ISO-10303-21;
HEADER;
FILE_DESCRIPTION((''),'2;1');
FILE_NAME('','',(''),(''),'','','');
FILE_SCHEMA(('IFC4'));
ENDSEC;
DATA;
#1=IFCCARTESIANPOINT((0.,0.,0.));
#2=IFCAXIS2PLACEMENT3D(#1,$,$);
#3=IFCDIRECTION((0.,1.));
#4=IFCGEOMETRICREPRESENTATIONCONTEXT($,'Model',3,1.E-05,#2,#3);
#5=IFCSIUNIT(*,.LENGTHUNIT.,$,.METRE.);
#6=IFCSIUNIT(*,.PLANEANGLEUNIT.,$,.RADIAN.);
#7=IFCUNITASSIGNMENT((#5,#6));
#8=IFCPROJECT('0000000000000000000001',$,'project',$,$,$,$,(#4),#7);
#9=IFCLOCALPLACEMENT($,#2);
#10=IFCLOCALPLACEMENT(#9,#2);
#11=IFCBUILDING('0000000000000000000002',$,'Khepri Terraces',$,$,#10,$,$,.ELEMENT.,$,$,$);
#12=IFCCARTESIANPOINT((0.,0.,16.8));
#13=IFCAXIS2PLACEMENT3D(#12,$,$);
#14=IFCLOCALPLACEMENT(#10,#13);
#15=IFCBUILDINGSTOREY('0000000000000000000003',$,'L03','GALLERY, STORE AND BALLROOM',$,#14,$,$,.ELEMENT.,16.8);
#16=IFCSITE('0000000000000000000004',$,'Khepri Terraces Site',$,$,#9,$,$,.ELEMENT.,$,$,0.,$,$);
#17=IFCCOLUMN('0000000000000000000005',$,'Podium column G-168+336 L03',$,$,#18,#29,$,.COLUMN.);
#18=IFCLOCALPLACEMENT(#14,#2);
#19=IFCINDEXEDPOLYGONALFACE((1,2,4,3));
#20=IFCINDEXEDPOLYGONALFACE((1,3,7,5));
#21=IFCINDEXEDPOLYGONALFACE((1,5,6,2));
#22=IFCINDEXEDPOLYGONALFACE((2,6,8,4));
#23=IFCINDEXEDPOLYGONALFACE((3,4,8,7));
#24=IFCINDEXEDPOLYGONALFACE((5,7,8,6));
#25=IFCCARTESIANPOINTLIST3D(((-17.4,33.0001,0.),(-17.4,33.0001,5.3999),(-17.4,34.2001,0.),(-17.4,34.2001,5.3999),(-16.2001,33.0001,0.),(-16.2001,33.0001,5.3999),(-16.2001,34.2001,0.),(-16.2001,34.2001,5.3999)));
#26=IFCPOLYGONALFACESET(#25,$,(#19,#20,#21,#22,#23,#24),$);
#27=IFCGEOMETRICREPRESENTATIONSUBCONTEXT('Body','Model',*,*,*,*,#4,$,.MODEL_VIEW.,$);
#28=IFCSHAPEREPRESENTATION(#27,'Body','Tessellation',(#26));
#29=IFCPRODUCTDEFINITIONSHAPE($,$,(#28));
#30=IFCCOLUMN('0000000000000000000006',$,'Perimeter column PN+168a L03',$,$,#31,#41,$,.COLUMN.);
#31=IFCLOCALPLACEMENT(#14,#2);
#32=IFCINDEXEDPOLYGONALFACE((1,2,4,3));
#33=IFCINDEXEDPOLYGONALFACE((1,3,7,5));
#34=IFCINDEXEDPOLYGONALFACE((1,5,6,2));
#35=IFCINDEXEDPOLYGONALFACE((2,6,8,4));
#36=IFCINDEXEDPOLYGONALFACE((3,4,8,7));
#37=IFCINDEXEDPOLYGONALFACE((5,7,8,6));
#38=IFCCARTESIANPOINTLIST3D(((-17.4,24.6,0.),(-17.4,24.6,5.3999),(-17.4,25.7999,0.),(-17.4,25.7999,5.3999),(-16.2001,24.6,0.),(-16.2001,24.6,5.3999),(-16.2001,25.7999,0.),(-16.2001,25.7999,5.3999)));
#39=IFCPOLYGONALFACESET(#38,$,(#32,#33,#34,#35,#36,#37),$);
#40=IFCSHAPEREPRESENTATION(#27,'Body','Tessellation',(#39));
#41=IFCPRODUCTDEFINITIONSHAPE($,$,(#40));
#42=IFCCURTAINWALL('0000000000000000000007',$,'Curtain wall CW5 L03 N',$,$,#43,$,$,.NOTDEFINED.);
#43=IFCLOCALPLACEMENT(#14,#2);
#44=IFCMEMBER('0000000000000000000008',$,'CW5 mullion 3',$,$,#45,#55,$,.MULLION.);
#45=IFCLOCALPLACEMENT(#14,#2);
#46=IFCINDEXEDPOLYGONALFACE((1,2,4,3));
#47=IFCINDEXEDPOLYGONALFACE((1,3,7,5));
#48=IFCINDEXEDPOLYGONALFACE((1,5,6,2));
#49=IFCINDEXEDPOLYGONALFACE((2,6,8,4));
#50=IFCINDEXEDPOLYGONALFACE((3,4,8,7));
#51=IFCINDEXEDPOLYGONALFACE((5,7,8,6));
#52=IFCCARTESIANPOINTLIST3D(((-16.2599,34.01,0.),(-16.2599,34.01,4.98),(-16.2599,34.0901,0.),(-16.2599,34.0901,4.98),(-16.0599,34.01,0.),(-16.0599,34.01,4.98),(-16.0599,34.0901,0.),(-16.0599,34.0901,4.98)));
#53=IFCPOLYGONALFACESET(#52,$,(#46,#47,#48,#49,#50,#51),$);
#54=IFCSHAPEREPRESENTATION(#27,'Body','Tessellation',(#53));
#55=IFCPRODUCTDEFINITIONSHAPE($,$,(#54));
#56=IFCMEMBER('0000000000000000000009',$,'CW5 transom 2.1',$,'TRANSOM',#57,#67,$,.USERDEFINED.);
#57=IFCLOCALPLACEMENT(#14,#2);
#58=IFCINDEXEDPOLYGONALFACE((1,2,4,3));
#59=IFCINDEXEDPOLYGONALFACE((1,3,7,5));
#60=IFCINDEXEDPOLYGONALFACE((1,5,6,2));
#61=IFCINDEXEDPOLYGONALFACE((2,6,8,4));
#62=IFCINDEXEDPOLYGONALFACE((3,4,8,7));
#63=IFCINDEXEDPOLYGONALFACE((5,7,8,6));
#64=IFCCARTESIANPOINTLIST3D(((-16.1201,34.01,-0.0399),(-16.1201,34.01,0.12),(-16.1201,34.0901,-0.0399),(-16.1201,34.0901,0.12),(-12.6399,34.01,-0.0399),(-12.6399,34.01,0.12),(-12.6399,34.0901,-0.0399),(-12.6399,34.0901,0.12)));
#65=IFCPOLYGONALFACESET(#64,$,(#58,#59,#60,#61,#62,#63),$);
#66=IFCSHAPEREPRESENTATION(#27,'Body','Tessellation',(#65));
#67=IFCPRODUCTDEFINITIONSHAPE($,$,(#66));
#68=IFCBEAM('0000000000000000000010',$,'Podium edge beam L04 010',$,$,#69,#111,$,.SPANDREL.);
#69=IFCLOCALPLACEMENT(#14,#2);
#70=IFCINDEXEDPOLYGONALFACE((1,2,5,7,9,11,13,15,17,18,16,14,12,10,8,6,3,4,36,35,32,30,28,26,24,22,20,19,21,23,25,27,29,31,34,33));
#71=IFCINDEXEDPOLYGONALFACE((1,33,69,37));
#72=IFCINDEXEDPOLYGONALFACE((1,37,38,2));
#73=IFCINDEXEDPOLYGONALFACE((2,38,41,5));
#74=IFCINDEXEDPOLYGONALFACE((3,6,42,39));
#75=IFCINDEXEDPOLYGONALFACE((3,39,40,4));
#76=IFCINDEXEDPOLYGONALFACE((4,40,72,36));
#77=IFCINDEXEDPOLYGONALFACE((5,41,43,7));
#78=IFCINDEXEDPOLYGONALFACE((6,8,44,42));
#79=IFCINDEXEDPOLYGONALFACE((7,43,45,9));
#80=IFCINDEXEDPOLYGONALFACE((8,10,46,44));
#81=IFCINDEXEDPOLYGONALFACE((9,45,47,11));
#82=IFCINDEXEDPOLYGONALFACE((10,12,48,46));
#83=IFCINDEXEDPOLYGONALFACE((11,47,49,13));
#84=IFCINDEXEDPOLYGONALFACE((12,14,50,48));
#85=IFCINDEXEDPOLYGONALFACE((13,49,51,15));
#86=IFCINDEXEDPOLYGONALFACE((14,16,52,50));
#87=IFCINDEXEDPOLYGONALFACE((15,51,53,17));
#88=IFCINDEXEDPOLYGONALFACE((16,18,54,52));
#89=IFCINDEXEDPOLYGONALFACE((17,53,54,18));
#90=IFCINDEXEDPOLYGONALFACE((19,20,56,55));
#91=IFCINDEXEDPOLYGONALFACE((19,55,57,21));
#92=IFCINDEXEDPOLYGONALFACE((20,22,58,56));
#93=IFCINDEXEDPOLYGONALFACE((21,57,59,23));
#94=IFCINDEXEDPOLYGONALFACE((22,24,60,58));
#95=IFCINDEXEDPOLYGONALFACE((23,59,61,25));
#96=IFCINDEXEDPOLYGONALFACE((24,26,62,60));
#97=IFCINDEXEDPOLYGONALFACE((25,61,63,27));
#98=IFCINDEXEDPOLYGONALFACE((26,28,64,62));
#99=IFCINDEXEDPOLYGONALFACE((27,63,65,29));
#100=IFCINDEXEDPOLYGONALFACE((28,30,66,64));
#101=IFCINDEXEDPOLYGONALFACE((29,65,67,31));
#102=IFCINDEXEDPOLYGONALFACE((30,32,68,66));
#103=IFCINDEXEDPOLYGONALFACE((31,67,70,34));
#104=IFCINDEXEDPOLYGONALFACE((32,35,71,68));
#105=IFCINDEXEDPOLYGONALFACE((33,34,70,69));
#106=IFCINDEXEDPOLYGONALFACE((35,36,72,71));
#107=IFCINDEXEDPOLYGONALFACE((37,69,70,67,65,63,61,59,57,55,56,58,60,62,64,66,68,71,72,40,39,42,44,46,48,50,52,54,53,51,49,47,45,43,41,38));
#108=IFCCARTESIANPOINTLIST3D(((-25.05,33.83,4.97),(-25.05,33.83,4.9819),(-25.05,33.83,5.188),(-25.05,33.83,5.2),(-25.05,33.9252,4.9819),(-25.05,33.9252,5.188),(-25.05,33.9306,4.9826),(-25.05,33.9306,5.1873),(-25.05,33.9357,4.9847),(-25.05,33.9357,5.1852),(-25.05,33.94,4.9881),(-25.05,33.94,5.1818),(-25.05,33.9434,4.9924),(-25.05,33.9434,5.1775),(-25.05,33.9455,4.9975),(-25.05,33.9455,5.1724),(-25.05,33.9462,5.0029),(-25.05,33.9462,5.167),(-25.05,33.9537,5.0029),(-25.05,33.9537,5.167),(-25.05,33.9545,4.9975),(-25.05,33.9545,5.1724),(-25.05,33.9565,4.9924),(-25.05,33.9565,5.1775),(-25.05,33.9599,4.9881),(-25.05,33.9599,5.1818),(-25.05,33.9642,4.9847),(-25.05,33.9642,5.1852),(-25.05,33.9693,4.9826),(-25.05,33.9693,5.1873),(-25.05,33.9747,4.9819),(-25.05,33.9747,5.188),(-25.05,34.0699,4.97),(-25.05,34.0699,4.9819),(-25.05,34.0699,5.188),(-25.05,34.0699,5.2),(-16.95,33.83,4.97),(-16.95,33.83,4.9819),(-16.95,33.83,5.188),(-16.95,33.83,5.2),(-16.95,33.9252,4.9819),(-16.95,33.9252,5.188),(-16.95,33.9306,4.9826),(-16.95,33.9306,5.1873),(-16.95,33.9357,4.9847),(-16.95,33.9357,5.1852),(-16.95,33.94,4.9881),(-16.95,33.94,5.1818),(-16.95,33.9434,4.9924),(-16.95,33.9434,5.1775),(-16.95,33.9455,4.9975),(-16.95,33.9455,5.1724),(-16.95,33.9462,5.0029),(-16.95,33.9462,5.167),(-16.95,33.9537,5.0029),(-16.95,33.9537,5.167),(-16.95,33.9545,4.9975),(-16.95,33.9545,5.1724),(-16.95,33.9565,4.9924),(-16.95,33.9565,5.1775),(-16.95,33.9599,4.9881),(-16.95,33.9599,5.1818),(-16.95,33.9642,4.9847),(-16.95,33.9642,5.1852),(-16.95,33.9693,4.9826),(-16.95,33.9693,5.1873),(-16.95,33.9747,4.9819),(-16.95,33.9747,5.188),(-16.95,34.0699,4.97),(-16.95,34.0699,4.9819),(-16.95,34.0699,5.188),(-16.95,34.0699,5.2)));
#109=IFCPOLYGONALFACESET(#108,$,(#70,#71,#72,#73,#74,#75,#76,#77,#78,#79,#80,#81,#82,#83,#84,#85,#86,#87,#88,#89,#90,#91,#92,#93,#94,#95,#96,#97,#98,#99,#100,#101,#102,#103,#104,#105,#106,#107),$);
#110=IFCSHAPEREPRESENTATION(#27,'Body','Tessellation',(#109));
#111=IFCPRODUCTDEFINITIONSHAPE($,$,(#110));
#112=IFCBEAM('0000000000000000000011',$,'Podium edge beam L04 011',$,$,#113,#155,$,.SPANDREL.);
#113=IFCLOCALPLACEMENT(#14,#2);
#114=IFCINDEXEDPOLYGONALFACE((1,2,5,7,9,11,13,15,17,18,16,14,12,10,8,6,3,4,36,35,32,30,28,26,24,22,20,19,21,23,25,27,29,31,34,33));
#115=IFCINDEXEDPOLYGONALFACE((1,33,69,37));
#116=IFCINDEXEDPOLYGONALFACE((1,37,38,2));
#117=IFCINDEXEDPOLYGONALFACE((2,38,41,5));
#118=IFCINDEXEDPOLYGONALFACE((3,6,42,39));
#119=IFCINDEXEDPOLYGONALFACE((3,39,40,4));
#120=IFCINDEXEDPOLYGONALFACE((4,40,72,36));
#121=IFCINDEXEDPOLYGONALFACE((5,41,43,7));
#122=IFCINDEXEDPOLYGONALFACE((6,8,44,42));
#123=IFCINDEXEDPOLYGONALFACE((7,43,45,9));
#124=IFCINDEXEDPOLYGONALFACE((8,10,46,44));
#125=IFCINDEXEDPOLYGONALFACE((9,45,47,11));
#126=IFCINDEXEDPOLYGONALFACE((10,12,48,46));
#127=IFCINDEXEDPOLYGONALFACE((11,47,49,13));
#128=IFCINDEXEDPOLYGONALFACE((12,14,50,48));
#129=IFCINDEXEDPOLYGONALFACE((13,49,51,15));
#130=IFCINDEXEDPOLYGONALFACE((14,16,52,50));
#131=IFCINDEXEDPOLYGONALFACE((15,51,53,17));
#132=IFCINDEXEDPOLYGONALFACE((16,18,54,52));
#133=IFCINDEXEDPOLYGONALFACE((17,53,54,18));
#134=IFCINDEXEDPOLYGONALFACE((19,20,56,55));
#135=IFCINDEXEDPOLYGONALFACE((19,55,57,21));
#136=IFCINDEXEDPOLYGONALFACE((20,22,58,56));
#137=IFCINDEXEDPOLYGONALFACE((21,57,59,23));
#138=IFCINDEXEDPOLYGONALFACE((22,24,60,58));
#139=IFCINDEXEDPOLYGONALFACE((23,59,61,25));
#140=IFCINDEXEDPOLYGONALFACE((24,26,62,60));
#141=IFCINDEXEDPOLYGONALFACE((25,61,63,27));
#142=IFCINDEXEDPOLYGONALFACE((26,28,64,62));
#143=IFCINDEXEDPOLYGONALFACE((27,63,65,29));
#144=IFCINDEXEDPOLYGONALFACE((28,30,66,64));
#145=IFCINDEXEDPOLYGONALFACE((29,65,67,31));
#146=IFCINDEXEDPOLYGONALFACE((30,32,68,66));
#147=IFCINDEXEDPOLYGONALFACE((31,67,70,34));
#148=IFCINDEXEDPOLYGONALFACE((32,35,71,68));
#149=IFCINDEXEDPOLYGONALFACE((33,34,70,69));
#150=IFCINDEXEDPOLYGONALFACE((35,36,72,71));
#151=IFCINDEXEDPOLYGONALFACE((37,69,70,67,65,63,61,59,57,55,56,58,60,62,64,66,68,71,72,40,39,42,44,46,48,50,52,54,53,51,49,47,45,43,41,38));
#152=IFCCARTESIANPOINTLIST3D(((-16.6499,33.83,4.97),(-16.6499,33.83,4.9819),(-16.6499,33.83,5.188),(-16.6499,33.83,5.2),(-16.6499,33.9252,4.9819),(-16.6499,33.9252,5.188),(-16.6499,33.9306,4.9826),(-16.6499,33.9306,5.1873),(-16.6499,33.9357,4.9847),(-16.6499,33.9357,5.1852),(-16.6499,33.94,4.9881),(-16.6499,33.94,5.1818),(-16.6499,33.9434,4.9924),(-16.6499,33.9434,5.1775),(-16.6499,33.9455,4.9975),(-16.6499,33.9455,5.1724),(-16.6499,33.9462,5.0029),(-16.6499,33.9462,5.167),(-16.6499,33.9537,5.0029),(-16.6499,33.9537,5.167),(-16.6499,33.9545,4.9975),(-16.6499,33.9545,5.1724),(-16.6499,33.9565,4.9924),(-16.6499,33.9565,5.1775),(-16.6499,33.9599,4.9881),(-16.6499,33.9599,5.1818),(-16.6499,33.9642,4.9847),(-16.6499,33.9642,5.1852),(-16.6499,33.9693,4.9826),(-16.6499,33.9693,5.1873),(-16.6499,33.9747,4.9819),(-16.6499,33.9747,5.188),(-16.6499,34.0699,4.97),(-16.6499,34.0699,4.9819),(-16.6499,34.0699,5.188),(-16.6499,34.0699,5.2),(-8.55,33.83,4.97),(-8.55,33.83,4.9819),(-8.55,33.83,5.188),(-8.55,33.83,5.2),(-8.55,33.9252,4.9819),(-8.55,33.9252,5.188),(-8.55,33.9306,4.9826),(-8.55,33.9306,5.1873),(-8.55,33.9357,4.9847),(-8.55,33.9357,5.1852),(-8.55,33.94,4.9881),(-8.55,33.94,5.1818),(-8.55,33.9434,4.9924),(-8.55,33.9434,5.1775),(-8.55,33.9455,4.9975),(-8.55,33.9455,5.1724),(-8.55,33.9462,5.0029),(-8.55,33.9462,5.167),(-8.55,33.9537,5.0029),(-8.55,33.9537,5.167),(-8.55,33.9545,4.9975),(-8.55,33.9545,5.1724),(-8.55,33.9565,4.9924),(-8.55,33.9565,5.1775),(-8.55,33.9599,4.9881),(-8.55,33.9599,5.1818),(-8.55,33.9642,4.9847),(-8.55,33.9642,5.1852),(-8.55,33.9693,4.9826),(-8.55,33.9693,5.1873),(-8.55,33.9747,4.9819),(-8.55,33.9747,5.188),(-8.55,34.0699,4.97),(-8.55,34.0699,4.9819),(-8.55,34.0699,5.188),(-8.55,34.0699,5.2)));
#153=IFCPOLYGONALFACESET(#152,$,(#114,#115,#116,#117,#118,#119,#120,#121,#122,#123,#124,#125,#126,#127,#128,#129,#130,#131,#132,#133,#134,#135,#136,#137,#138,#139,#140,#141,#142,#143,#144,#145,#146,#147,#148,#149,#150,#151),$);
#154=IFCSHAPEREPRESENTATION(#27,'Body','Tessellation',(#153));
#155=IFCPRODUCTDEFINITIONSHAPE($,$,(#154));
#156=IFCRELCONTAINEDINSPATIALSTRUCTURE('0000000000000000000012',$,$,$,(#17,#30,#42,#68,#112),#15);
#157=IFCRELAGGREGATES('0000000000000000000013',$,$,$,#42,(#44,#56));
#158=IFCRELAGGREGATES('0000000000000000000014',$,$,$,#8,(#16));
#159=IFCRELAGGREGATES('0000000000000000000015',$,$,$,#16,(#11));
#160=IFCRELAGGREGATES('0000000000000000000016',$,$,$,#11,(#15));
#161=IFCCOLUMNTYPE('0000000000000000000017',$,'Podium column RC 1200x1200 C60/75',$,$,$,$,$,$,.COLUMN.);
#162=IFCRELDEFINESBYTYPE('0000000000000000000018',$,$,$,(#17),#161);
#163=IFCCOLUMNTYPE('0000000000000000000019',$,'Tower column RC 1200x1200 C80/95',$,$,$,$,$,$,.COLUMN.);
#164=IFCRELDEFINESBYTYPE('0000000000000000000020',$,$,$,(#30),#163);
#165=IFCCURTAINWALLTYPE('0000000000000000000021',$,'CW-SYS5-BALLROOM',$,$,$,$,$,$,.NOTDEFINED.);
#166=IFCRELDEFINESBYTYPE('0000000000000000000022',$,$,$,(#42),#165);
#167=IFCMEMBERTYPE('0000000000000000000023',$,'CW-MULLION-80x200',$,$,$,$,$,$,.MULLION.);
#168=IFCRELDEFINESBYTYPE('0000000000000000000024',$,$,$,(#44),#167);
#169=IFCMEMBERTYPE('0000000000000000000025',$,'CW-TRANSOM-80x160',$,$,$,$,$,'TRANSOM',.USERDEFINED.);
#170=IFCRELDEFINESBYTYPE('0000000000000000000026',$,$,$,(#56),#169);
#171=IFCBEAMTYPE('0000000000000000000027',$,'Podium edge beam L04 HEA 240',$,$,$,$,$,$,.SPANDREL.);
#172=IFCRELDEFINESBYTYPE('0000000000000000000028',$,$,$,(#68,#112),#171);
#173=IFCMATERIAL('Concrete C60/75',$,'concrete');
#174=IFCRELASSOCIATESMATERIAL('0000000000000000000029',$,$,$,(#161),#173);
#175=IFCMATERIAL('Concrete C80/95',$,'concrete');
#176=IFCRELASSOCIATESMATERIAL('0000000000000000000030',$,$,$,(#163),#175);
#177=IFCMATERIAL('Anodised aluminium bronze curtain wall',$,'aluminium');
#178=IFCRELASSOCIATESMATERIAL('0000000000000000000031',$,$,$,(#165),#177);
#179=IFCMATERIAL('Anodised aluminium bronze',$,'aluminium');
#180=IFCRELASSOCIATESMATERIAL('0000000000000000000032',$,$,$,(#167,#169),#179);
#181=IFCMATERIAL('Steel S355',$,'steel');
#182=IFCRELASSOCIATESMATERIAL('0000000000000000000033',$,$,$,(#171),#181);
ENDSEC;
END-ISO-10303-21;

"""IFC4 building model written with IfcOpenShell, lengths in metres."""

from ifc_helpers import new_model, si_unit, direction, frame, origin, origin_2d, place, context, subcontext, project, spatial, rectangle, i_section, extrude, material, material_profile, profile_set, type_object, element, aggregate, save


model = new_model("IFC4")

# Units and contexts
model_context = context("Model", 3, precision=1e-05, world=origin(), true_north=direction((0.0, 1.0)))
body_context = subcontext(model_context, "Body", "Model", "MODEL_VIEW")
ifc_project = project(units=[si_unit("LENGTHUNIT", "METRE"), si_unit("PLANEANGLEUNIT", "RADIAN")], contexts=[model_context])

# Site, building, storey
site_placement = place(None, origin())
site = spatial("IfcSite", under=ifc_project, at=site_placement, Name="Khepri Terraces Site", CompositionType="ELEMENT", RefElevation=0.0)
building_placement = place(site_placement, origin())
building = spatial("IfcBuilding", under=site, at=building_placement, Name="Khepri Terraces", CompositionType="ELEMENT")
storey_placement = place(building_placement, frame((0.0, 0.0, 16.8)))
storey = spatial("IfcBuildingStorey", under=building, at=storey_placement, Name="L03", Description="GALLERY, STORE AND BALLROOM", CompositionType="ELEMENT", Elevation=16.8)

# Columns
ifc_material_1 = material(Name="Concrete C60/75", Category="concrete")
ifc_material_profile_1 = material_profile(ifc_material_1, rectangle(XDim=1.2, YDim=1.2, at=origin_2d()), Name="Concrete C60/75", Category="concrete")
ifc_profile_set_1 = profile_set([ifc_material_profile_1], Name="Concrete C60/75")
column_type_1 = type_object("IfcColumnType", Name="Podium column RC 1200x1200 C60/75", PredefinedType="COLUMN", material=ifc_profile_set_1)
column_1_placement = place(storey_placement, frame((-16.8, 33.6001, 0.0), z_axis=(0.0, 0.0, 1.0), x_axis=(1.0, 0.0, 0.0)))
element("IfcColumn", 1, at=column_1_placement, inside=storey, type_object=column_type_1, Name="Podium column G-168+336 L03", PredefinedType="COLUMN", context=body_context, shape_type="SweptSolid", body=[
    extrude(rectangle(XDim=1.2, YDim=1.2, at=origin_2d()), origin(), (0.0, 0.0, 1.0), 5.3999),
])
ifc_material_2 = material(Name="Concrete C80/95", Category="concrete")
ifc_material_profile_2 = material_profile(ifc_material_2, rectangle(XDim=1.2, YDim=1.2, at=origin_2d()), Name="Concrete C80/95", Category="concrete")
ifc_profile_set_2 = profile_set([ifc_material_profile_2], Name="Concrete C80/95")
column_type_2 = type_object("IfcColumnType", Name="Tower column RC 1200x1200 C80/95", PredefinedType="COLUMN", material=ifc_profile_set_2)
column_2_placement = place(storey_placement, frame((-16.8, 25.2, 0.0), z_axis=(0.0, 0.0, 1.0), x_axis=(1.0, 0.0, 0.0)))
element("IfcColumn", 2, at=column_2_placement, inside=storey, type_object=column_type_2, Name="Perimeter column PN+168a L03", PredefinedType="COLUMN", context=body_context, shape_type="SweptSolid", body=[
    extrude(rectangle(XDim=1.2, YDim=1.2, at=origin_2d()), origin(), (0.0, 0.0, 1.0), 5.3999),
])

# Curtain wall, members
ifc_material_3 = material(Name="Anodised aluminium bronze curtain wall", Category="aluminium")
curtain_wall_type = type_object("IfcCurtainWallType", Name="CW-SYS5-BALLROOM", PredefinedType="NOTDEFINED", material=ifc_material_3)
curtain_wall_placement = place(storey_placement, origin())
curtain_wall = element("IfcCurtainWall", 3, at=curtain_wall_placement, inside=storey, type_object=curtain_wall_type, Name="Curtain wall CW5 L03 N", PredefinedType="NOTDEFINED")
ifc_material_4 = material(Name="Anodised aluminium bronze", Category="aluminium")
ifc_material_profile_3 = material_profile(ifc_material_4, rectangle(XDim=0.0801, YDim=0.2, at=origin_2d()), Name="Anodised aluminium bronze", Category="aluminium")
ifc_profile_set_3 = profile_set([ifc_material_profile_3], Name="Anodised aluminium bronze")
member_type_1 = type_object("IfcMemberType", Name="CW-MULLION-80x200", PredefinedType="MULLION", material=ifc_profile_set_3)
member_1_placement = place(storey_placement, frame((-16.1599, 34.05, 0.0), z_axis=(0.0, 0.0, 1.0), x_axis=(0.0, -1.0, 0.0)))
member_1 = element("IfcMember", 4, at=member_1_placement, type_object=member_type_1, Name="CW5 mullion 3", PredefinedType="MULLION", context=body_context, shape_type="SweptSolid", body=[
    extrude(rectangle(XDim=0.0801, YDim=0.2, at=origin_2d()), origin(), (0.0, 0.0, 1.0), 4.98),
])
ifc_material_profile_4 = material_profile(ifc_material_4, rectangle(XDim=0.0801, YDim=0.1599, at=origin_2d()), Name="Anodised aluminium bronze", Category="aluminium")
ifc_profile_set_4 = profile_set([ifc_material_profile_4], Name="Anodised aluminium bronze")
member_type_2 = type_object("IfcMemberType", Name="CW-TRANSOM-80x160", ElementType="TRANSOM", PredefinedType="USERDEFINED", material=ifc_profile_set_4)
member_2_placement = place(storey_placement, frame((-12.6399, 34.05, 0.04), z_axis=(-1.0, 0.0, 0.0), x_axis=(0.0, -1.0, 0.0)))
member_2 = element("IfcMember", 5, at=member_2_placement, type_object=member_type_2, Name="CW5 transom 2.1", ObjectType="TRANSOM", PredefinedType="USERDEFINED", context=body_context, shape_type="SweptSolid", body=[
    extrude(rectangle(XDim=0.0801, YDim=0.1599, at=origin_2d()), origin(), (0.0, 0.0, 1.0), 3.4802),
])

# Beams
ifc_material_5 = material(Name="Steel S355", Category="steel")
ifc_material_profile_5 = material_profile(ifc_material_5, i_section(OverallWidth=0.24, OverallDepth=0.23, WebThickness=0.0076, FlangeThickness=0.012, FilletRadius=0.021, at=origin_2d()), Name="Steel S355", Category="steel")
ifc_profile_set_5 = profile_set([ifc_material_profile_5], Name="Steel S355")
beam_type_1 = type_object("IfcBeamType", Name="Podium edge beam L04 HEA 240", PredefinedType="SPANDREL", material=ifc_profile_set_5)
beam_1_placement = place(storey_placement, frame((-25.05, 33.95, 5.085), z_axis=(1.0, 0.0, 0.0), x_axis=(0.0, 1.0, 0.0)))
element("IfcBeam", 6, at=beam_1_placement, inside=storey, type_object=beam_type_1, Name="Podium edge beam L04 010", PredefinedType="SPANDREL", context=body_context, shape_type="SweptSolid", body=[
    extrude(i_section(OverallWidth=0.24, OverallDepth=0.23, WebThickness=0.0076, FlangeThickness=0.012, FilletRadius=0.021, at=origin_2d()), origin(), (0.0, 0.0, 1.0), 8.1001),
])
beam_2_placement = place(storey_placement, frame((-16.6499, 33.95, 5.085), z_axis=(1.0, 0.0, 0.0), x_axis=(0.0, 1.0, 0.0)))
element("IfcBeam", 7, at=beam_2_placement, inside=storey, type_object=beam_type_1, Name="Podium edge beam L04 011", PredefinedType="SPANDREL", context=body_context, shape_type="SweptSolid", body=[
    extrude(i_section(OverallWidth=0.24, OverallDepth=0.23, WebThickness=0.0076, FlangeThickness=0.012, FilletRadius=0.021, at=origin_2d()), origin(), (0.0, 0.0, 1.0), 8.0999),
])

aggregate(curtain_wall, [member_1, member_2])

save(model, "model.ifc")
